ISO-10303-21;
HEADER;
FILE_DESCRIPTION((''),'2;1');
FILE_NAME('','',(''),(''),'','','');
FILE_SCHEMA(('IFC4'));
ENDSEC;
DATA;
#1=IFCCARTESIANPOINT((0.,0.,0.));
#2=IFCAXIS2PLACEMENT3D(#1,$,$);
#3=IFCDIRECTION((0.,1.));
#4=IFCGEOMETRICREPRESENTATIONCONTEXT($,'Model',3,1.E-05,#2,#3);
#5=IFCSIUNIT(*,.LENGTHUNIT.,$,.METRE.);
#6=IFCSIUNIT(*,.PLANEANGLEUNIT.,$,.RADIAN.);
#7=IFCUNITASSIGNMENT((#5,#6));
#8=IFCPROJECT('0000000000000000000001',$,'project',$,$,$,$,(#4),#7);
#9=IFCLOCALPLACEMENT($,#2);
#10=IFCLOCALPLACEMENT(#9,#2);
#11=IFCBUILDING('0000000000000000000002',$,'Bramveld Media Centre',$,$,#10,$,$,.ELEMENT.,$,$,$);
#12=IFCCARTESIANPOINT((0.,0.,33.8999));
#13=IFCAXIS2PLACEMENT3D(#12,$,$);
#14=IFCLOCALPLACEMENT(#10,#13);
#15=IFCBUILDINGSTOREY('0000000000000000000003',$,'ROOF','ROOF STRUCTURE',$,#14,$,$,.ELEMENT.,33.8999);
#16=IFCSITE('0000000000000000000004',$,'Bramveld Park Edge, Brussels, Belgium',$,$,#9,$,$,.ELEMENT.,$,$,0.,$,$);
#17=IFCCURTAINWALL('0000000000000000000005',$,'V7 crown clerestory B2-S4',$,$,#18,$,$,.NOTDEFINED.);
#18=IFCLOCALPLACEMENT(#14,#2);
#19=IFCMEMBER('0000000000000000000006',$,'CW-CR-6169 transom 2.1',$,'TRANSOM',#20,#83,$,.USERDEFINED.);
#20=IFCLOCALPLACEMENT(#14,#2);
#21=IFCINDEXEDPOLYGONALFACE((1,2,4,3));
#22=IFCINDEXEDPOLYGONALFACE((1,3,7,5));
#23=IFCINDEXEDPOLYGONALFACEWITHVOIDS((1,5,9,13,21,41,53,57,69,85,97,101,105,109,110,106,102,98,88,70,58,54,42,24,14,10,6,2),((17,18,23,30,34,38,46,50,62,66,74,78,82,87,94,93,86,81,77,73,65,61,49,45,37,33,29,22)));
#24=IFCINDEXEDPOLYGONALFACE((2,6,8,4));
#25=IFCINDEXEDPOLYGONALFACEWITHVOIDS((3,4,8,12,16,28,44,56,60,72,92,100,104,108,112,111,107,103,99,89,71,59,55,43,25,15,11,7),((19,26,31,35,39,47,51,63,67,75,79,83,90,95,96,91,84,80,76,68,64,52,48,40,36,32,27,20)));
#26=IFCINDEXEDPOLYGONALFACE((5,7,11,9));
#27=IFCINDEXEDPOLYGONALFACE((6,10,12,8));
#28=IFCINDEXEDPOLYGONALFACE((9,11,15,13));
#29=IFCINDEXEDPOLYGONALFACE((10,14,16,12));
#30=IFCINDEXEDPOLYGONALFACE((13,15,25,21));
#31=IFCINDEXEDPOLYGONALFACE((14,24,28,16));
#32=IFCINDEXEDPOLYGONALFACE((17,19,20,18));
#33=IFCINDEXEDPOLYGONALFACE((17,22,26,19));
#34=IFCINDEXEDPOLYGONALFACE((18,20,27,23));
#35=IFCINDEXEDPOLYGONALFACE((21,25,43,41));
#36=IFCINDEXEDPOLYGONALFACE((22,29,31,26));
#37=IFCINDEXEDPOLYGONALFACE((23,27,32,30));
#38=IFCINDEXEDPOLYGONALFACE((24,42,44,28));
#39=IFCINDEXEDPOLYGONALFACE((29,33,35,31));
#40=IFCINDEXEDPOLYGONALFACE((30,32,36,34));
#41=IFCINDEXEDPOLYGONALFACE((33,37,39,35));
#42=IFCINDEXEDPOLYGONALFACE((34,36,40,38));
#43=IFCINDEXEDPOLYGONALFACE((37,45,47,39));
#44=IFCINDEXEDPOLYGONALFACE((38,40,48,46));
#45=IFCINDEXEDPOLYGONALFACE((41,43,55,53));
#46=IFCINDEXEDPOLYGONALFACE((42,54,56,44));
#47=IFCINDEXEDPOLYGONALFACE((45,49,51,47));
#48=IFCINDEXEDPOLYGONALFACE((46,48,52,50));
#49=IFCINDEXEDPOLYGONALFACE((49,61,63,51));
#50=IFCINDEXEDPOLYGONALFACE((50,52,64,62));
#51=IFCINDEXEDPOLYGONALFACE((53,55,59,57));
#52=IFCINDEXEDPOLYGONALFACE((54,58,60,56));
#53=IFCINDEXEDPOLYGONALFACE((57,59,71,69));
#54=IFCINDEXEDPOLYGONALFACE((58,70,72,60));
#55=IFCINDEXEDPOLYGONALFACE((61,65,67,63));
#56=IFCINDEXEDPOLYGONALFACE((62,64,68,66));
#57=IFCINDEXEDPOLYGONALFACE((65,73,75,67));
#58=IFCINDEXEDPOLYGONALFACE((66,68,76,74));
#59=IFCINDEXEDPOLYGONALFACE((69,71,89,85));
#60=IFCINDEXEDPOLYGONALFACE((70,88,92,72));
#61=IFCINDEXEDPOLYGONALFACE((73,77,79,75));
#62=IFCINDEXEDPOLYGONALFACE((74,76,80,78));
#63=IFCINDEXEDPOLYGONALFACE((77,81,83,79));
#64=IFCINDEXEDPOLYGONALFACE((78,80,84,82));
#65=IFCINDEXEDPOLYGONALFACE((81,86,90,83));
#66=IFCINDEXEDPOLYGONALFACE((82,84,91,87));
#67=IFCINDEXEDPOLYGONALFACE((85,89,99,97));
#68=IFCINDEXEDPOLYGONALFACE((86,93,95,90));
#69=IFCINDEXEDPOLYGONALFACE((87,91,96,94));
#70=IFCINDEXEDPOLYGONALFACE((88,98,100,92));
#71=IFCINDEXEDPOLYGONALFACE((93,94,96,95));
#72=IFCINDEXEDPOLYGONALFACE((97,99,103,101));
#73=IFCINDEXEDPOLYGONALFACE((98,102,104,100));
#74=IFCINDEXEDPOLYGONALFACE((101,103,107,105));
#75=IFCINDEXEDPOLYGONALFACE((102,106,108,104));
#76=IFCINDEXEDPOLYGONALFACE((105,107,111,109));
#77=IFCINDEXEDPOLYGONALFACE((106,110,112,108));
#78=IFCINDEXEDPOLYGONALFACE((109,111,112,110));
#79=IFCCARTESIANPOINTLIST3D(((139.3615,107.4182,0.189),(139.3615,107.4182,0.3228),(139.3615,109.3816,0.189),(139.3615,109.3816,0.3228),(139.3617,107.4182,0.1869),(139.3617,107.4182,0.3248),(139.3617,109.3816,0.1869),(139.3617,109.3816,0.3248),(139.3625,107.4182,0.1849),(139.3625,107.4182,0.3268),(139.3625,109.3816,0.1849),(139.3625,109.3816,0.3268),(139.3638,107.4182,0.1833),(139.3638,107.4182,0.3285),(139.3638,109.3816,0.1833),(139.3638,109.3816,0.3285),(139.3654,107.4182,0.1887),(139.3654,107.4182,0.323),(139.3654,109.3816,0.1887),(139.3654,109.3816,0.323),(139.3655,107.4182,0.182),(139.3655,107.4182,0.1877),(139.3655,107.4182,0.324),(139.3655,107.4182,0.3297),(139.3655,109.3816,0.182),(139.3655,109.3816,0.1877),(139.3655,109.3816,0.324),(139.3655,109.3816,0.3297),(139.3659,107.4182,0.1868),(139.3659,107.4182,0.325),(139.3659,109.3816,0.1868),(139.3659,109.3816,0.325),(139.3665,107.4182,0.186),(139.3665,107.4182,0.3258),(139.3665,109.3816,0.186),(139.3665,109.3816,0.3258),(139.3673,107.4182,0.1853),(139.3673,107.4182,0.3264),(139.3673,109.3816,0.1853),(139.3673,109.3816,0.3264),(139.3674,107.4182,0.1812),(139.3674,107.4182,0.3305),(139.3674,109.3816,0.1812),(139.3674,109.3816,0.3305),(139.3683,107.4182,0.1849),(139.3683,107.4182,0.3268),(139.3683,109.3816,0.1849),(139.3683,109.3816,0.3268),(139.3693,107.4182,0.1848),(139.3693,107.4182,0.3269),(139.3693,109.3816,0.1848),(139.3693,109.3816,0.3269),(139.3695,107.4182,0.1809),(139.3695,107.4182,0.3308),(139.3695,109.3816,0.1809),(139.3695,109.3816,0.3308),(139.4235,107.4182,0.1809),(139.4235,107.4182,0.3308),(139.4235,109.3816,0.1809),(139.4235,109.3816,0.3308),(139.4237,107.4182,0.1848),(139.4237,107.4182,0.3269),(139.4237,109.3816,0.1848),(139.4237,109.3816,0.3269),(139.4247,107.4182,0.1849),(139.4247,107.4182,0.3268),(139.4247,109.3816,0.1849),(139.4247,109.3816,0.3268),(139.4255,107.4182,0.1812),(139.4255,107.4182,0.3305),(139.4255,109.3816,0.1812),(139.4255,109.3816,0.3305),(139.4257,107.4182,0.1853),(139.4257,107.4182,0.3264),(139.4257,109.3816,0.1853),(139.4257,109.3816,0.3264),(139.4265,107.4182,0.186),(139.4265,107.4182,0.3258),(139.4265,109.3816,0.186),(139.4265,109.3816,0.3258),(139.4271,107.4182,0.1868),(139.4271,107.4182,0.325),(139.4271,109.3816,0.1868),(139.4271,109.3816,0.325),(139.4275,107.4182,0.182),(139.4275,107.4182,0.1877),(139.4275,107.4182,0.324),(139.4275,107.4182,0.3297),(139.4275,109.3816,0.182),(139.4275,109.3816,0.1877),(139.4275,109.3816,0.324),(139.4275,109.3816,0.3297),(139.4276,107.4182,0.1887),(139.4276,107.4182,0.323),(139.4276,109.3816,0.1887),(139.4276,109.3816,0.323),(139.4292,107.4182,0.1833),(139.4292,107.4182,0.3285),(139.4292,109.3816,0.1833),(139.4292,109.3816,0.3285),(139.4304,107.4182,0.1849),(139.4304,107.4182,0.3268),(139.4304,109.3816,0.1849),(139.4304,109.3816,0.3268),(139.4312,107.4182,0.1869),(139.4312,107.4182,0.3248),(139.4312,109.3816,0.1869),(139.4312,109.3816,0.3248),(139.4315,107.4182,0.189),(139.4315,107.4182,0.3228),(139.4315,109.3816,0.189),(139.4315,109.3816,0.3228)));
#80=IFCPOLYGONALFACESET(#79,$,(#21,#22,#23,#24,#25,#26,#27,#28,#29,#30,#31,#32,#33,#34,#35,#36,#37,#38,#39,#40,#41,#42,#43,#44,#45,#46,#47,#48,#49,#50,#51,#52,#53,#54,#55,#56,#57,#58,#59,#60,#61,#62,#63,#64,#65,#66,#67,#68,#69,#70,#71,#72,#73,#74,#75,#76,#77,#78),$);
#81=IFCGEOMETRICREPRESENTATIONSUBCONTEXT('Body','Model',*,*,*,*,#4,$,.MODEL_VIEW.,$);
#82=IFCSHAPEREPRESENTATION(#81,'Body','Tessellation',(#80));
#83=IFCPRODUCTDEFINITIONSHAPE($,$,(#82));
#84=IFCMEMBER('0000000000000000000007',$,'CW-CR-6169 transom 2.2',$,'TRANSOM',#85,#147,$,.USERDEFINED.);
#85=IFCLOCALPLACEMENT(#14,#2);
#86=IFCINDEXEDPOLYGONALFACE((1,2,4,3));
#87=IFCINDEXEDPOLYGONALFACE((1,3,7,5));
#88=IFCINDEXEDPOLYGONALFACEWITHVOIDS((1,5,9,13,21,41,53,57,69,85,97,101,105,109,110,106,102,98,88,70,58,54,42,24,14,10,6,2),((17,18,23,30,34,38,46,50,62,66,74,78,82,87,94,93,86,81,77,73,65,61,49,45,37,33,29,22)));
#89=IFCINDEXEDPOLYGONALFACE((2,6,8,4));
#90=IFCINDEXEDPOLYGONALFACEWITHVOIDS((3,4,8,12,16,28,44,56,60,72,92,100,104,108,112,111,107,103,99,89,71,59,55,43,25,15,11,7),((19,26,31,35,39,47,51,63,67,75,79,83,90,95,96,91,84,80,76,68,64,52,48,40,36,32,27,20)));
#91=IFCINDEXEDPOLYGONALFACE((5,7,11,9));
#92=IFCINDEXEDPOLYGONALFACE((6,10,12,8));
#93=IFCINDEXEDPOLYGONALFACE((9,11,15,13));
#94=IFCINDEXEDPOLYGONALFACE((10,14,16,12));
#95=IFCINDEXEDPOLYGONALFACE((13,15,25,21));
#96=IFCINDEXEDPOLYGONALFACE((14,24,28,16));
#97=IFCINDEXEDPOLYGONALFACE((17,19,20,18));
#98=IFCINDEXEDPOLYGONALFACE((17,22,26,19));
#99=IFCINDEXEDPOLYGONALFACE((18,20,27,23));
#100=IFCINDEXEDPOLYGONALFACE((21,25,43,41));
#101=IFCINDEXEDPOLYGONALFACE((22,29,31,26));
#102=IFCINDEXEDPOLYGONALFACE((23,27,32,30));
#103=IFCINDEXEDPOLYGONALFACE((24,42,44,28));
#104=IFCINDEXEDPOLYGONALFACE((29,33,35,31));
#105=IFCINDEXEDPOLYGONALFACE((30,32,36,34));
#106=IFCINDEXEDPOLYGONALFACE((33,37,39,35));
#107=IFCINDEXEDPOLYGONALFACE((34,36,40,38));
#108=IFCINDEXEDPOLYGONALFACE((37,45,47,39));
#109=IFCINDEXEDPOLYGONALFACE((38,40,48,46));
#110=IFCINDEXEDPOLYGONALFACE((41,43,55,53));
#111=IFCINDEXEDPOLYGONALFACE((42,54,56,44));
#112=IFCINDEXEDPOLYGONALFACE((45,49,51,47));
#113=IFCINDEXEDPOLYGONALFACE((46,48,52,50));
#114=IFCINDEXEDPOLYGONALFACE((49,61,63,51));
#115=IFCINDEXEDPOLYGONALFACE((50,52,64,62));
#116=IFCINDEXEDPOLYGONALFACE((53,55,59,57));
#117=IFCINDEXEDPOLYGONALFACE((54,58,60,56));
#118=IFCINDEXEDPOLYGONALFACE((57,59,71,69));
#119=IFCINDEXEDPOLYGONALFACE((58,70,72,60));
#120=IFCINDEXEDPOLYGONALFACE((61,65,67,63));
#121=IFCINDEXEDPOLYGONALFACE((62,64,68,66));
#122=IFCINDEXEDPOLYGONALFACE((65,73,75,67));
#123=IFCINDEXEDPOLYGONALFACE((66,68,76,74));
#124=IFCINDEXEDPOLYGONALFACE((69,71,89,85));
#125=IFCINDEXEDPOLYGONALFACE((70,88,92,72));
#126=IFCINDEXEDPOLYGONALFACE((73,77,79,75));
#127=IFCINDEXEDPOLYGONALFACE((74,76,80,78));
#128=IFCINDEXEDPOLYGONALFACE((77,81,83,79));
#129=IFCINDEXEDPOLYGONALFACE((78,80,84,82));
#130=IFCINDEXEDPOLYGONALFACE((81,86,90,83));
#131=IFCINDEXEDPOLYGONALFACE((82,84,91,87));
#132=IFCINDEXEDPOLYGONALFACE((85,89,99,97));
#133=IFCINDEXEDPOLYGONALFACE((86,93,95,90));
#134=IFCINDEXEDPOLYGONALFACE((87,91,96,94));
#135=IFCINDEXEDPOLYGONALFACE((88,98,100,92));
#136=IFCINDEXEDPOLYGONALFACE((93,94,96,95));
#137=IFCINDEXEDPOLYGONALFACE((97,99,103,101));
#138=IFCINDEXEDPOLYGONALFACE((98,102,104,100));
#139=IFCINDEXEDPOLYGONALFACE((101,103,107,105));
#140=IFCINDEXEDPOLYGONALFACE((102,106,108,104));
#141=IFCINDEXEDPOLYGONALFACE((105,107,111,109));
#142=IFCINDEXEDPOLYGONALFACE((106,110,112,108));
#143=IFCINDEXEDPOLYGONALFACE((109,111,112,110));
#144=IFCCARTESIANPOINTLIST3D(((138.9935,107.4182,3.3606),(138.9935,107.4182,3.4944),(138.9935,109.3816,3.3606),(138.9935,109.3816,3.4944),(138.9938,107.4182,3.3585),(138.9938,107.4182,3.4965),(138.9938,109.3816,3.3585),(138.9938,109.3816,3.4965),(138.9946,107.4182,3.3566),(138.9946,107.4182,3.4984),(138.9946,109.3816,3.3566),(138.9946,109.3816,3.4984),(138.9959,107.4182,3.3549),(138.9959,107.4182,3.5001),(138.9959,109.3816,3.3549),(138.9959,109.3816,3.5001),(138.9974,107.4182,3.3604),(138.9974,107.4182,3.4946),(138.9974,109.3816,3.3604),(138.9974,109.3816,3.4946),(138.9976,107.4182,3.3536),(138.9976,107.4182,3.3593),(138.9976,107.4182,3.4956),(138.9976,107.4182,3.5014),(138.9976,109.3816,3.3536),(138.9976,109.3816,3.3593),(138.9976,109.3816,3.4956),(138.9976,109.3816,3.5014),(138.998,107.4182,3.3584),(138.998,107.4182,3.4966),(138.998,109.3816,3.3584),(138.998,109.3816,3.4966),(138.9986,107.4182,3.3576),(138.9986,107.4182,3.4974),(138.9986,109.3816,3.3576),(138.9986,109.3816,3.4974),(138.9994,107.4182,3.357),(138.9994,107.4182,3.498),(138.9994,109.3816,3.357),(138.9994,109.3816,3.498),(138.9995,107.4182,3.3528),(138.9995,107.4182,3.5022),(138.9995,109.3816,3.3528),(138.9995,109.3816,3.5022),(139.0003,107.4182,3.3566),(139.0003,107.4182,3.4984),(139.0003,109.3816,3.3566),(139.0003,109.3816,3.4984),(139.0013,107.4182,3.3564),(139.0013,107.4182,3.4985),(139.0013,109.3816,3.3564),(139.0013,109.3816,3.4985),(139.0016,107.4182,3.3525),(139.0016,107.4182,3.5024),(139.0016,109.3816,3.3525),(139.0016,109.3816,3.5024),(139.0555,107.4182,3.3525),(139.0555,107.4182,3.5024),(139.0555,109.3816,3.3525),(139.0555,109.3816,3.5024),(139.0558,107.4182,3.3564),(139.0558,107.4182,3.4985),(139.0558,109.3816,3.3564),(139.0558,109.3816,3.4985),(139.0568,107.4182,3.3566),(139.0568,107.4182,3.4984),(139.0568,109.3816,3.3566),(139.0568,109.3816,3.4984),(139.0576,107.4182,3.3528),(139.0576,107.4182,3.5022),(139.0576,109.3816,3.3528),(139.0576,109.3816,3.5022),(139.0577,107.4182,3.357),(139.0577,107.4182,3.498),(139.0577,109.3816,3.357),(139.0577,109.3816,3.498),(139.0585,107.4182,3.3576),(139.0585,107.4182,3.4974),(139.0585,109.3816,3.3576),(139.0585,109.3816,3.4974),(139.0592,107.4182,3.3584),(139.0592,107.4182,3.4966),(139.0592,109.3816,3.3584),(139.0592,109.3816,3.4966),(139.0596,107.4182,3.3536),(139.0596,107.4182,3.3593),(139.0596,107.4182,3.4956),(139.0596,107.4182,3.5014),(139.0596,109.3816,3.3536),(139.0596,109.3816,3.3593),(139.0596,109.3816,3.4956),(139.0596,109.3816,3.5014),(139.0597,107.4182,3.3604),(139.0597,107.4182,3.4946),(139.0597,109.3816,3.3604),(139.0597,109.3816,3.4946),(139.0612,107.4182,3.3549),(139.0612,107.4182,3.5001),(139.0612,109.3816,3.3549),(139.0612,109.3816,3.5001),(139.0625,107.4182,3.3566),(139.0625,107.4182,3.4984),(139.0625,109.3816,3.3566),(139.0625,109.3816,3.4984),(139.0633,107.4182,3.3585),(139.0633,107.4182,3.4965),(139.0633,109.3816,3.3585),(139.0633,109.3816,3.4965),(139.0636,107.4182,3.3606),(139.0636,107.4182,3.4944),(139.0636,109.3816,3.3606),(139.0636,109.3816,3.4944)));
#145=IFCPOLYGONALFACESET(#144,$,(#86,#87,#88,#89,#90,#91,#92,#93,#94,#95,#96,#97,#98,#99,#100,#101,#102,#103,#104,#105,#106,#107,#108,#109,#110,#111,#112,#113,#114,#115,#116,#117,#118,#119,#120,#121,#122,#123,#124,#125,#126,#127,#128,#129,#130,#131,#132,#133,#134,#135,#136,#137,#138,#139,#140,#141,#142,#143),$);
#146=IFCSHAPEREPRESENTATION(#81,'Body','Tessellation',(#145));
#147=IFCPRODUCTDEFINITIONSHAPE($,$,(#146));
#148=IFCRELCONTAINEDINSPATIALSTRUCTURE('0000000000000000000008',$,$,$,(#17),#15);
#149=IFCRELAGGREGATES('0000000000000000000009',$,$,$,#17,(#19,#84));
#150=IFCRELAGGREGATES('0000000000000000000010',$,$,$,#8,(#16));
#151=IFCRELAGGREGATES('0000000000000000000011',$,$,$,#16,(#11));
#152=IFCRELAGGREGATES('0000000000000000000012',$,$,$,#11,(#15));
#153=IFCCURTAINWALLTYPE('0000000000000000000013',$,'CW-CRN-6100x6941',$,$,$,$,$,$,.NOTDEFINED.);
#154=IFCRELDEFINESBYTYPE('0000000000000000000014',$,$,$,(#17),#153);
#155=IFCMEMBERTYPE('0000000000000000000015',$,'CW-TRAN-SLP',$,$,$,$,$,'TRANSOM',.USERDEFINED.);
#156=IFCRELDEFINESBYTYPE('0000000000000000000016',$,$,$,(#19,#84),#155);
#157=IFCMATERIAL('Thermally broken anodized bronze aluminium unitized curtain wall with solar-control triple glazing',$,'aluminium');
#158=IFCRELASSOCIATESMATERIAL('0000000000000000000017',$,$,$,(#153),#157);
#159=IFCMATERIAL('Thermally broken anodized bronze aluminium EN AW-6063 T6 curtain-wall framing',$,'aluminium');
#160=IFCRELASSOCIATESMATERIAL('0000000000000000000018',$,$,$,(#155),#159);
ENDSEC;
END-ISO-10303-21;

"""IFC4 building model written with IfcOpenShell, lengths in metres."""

from ifc_helpers import new_model, si_unit, direction, frame, origin, origin_2d, place, context, subcontext, project, spatial, hollow_rectangle, extrude, material, material_profile, profile_set, type_object, element, aggregate, save


model = new_model("IFC4")

# Units and contexts
model_context = context("Model", 3, precision=1e-05, world=origin(), true_north=direction((0.0, 1.0)))
body_context = subcontext(model_context, "Body", "Model", "MODEL_VIEW")
ifc_project = project(units=[si_unit("LENGTHUNIT", "METRE"), si_unit("PLANEANGLEUNIT", "RADIAN")], contexts=[model_context])

# Site, building, storey
site_placement = place(None, origin())
site = spatial("IfcSite", under=ifc_project, at=site_placement, Name="Bramveld Park Edge, Brussels, Belgium", CompositionType="ELEMENT", RefElevation=0.0)
building_placement = place(site_placement, origin())
building = spatial("IfcBuilding", under=site, at=building_placement, Name="Bramveld Media Centre", CompositionType="ELEMENT")
storey_placement = place(building_placement, frame((0.0, 0.0, 33.8999)))
storey = spatial("IfcBuildingStorey", under=building, at=storey_placement, Name="ROOF", Description="ROOF STRUCTURE", CompositionType="ELEMENT", Elevation=33.8999)

# Shared definitions
ifc_material_1 = material(Name="Thermally broken anodized bronze aluminium unitized curtain wall with solar-control triple glazing", Category="aluminium")
curtain_wall_type = type_object("IfcCurtainWallType", Name="CW-CRN-6100x6941", PredefinedType="NOTDEFINED", material=ifc_material_1)

# Curtain wall, members
curtain_wall_1_placement = place(storey_placement, origin())
curtain_wall_1 = element("IfcCurtainWall", 1, at=curtain_wall_1_placement, inside=storey, type_object=curtain_wall_type, Name="V7 crown clerestory B2-S4", PredefinedType="NOTDEFINED")
ifc_material_2 = material(Name="Thermally broken anodized bronze aluminium EN AW-6063 T6 curtain-wall framing", Category="aluminium")
ifc_material_profile_1 = material_profile(ifc_material_2, hollow_rectangle(XDim=0.0701, YDim=0.1499, WallThickness=0.0039, InnerFilletRadius=0.0039, OuterFilletRadius=0.0081, at=origin_2d()), Name="AL-TRAN 70x150")
ifc_profile_set_1 = profile_set([ifc_material_profile_1], Name="Thermally broken anodized bronze aluminium EN AW-6063 T6 curtain-wall framing")
member_type_1 = type_object("IfcMemberType", Name="CW-TRAN-SLP", ElementType="TRANSOM", PredefinedType="USERDEFINED", material=ifc_profile_set_1)
member_1_placement = place(storey_placement, frame((139.3965, 107.4182, 0.2559), z_axis=(0.0, 1.0, 0.0), x_axis=(-1.0, 0.0, 0.0)))
member_1 = element("IfcMember", 2, at=member_1_placement, type_object=member_type_1, Name="CW-CR-6169 transom 2.1", ObjectType="TRANSOM", PredefinedType="USERDEFINED", context=body_context, shape_type="SweptSolid", body=[
    extrude(hollow_rectangle(XDim=0.0701, YDim=0.1499, WallThickness=0.0039, InnerFilletRadius=0.0039, OuterFilletRadius=0.0081, at=origin_2d()), origin(), (0.0, 0.0, 1.0), 1.9634),
])
member_2_placement = place(storey_placement, frame((139.0286, 107.4182, 3.4275), z_axis=(0.0, 1.0, 0.0), x_axis=(-1.0, 0.0, 0.0)))
member_2 = element("IfcMember", 3, at=member_2_placement, type_object=member_type_1, Name="CW-CR-6169 transom 2.2", ObjectType="TRANSOM", PredefinedType="USERDEFINED", context=body_context, shape_type="SweptSolid", body=[
    extrude(hollow_rectangle(XDim=0.0701, YDim=0.1499, WallThickness=0.0039, InnerFilletRadius=0.0039, OuterFilletRadius=0.0081, at=origin_2d()), origin(), (0.0, 0.0, 1.0), 1.9634),
])

aggregate(curtain_wall_1, [member_1, member_2])

save(model, "model.ifc")
